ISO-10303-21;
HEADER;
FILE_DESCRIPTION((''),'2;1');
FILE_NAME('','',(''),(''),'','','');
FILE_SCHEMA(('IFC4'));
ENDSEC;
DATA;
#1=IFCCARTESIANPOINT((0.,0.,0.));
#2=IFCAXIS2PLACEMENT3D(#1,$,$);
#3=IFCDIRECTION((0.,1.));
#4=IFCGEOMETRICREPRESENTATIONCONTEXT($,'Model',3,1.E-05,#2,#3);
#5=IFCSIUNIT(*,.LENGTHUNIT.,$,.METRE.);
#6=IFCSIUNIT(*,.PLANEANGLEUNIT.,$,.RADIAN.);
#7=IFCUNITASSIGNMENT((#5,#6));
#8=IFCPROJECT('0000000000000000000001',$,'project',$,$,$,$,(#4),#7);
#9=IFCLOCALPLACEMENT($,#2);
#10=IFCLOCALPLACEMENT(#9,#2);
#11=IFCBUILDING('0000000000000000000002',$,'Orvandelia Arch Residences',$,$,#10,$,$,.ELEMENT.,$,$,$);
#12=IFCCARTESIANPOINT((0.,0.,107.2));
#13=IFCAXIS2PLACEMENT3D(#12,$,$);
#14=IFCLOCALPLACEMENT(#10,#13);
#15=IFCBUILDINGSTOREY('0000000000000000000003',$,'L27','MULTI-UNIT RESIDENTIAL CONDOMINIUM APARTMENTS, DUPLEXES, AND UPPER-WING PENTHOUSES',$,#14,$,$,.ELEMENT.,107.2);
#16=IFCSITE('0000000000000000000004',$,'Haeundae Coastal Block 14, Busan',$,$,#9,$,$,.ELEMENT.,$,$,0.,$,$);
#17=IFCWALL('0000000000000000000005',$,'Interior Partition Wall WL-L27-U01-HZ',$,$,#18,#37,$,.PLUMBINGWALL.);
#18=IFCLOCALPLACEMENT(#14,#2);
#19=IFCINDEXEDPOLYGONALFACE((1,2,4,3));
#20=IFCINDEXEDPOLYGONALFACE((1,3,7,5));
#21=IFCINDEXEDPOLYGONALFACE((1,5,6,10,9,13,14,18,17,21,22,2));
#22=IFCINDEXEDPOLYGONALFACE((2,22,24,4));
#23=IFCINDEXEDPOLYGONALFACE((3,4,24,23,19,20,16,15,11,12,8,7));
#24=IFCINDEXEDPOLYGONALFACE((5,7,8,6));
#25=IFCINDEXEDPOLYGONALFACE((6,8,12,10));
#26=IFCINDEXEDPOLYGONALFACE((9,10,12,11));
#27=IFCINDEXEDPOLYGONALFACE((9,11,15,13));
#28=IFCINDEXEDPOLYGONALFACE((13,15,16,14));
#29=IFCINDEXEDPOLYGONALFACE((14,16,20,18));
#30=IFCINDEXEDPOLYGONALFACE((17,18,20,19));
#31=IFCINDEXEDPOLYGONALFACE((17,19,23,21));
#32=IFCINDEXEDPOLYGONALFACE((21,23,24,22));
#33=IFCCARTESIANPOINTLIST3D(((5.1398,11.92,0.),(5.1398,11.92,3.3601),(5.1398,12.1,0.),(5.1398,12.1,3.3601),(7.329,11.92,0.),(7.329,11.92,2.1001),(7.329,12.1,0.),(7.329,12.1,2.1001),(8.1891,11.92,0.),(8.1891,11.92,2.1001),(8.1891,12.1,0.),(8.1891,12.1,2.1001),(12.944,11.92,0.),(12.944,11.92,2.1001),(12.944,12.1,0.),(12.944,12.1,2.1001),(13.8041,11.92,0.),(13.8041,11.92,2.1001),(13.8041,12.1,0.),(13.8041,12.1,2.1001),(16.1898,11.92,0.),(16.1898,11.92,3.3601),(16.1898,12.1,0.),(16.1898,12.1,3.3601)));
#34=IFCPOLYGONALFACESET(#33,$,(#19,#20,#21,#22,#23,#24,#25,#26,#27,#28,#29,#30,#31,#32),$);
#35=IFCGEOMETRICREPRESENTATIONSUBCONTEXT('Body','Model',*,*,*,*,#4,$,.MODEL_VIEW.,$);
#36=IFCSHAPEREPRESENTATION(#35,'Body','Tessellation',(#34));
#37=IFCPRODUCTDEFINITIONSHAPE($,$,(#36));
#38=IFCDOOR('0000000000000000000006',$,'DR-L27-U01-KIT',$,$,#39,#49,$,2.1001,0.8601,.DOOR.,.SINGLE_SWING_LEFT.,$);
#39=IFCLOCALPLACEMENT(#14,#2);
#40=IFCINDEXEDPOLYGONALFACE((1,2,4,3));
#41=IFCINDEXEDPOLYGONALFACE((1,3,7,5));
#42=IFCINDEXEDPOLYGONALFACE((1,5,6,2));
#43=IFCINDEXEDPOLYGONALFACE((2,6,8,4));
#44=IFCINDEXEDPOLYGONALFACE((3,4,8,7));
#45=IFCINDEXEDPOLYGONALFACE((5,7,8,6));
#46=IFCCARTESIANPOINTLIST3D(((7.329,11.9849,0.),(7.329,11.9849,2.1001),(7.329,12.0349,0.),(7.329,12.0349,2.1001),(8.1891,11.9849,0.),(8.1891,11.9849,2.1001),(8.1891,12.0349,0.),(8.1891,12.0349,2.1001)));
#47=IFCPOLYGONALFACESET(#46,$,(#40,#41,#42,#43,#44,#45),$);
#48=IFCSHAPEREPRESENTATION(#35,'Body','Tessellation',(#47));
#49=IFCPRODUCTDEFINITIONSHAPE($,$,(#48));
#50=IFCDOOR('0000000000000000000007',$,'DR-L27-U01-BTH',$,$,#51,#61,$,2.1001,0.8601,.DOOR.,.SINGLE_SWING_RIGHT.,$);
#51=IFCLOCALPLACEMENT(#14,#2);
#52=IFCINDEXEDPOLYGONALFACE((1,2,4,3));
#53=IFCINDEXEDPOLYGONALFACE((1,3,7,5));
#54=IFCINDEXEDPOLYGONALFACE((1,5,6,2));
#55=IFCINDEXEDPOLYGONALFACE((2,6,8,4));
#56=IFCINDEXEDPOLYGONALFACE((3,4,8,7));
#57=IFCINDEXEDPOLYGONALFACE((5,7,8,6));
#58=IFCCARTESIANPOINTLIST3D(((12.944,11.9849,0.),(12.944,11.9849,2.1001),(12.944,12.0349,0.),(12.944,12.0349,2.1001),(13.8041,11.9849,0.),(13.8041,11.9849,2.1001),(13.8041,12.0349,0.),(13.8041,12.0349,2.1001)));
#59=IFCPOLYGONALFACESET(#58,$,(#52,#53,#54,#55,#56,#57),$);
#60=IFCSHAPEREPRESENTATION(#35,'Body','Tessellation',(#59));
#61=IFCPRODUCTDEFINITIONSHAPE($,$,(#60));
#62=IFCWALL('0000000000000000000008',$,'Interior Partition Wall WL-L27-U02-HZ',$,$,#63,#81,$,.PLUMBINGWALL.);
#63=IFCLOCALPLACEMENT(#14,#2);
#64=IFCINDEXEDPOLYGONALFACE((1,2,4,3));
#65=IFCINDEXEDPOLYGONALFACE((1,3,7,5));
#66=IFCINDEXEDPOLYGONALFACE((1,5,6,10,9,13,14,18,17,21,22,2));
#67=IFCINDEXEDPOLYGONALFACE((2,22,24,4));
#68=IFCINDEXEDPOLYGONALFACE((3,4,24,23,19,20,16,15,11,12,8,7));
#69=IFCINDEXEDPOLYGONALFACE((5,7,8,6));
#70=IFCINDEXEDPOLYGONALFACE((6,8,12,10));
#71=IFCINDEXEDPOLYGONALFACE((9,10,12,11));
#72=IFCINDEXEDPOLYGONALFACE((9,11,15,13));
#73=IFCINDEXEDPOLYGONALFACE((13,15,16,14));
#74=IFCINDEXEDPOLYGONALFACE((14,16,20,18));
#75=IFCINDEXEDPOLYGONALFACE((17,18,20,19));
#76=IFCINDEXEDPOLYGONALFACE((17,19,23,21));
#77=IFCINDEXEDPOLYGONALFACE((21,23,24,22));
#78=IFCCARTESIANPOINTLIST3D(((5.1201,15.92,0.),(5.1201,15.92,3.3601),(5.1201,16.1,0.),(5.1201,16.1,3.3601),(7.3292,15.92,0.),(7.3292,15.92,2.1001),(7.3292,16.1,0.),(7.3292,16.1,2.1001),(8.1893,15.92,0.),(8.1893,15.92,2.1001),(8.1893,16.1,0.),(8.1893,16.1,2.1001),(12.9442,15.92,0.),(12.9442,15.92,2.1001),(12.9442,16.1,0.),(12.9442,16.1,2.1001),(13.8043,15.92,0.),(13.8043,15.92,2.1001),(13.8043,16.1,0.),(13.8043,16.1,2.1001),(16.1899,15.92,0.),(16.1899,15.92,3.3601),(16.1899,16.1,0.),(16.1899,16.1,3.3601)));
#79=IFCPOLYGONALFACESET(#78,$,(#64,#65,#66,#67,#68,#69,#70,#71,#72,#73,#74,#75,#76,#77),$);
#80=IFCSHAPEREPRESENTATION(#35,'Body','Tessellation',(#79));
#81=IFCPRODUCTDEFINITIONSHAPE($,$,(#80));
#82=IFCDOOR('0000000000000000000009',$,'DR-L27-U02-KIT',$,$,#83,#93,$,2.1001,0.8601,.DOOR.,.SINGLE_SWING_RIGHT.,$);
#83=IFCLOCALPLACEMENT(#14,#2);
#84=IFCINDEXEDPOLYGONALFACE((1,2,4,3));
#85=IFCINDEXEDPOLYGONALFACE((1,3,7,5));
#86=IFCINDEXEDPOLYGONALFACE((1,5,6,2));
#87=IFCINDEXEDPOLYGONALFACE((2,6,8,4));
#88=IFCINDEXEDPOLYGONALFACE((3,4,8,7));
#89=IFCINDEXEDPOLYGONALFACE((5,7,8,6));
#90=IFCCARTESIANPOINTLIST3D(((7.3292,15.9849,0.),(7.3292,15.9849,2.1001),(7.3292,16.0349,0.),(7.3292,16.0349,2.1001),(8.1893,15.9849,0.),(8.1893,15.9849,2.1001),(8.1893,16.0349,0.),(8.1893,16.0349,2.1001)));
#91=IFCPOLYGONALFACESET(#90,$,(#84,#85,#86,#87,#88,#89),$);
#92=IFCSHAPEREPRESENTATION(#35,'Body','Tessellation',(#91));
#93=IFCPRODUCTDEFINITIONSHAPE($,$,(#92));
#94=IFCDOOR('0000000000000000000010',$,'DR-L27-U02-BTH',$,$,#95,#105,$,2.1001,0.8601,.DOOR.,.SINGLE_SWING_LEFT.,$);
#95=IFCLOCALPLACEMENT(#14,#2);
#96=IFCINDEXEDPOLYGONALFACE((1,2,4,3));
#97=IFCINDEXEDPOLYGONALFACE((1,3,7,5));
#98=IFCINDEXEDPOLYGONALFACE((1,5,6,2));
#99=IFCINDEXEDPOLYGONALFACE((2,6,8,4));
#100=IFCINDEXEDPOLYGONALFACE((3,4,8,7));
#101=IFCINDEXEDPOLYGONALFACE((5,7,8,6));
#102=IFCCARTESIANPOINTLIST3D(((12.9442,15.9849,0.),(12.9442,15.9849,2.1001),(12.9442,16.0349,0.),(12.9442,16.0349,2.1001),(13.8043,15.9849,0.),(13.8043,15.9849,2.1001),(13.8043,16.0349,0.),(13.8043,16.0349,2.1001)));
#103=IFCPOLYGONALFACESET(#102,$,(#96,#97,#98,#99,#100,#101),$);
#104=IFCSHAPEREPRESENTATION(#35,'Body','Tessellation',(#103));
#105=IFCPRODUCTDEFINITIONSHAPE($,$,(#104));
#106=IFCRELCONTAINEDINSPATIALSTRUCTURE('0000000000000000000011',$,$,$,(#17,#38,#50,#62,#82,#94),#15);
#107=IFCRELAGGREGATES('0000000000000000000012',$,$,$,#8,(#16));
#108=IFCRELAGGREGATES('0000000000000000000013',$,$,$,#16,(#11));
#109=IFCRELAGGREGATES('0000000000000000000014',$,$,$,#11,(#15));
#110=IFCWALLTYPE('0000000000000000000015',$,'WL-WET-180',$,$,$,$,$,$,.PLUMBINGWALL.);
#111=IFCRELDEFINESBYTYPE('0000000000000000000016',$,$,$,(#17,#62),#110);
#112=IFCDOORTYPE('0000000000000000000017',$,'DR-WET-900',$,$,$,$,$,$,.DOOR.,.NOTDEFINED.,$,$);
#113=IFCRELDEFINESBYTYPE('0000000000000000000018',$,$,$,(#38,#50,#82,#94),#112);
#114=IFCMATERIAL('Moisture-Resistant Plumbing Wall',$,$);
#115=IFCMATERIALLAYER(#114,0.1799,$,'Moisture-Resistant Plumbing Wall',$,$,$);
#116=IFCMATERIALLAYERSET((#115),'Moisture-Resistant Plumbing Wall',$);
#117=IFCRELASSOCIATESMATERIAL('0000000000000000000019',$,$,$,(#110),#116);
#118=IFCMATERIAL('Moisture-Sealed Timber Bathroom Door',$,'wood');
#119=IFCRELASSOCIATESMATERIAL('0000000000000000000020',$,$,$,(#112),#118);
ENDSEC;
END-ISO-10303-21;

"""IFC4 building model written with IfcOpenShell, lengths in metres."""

from ifc_helpers import new_model, si_unit, direction, frame, frame_2d, origin, place, context, subcontext, project, spatial, rectangle, extrude, material, layer, layer_set, type_object, element, fill, save


model = new_model("IFC4")

# Units and contexts
model_context = context("Model", 3, precision=1e-05, world=origin(), true_north=direction((0.0, 1.0)))
body_context = subcontext(model_context, "Body", "Model", "MODEL_VIEW")
ifc_project = project(units=[si_unit("LENGTHUNIT", "METRE"), si_unit("PLANEANGLEUNIT", "RADIAN")], contexts=[model_context])

# Site, building, storey
site_placement = place(None, origin())
site = spatial("IfcSite", under=ifc_project, at=site_placement, Name="Haeundae Coastal Block 14, Busan", CompositionType="ELEMENT", RefElevation=0.0)
building_placement = place(site_placement, origin())
building = spatial("IfcBuilding", under=site, at=building_placement, Name="Orvandelia Arch Residences", CompositionType="ELEMENT")
storey_placement = place(building_placement, frame((0.0, 0.0, 107.2)))
storey = spatial("IfcBuildingStorey", under=building, at=storey_placement, Name="L27", Description="MULTI-UNIT RESIDENTIAL CONDOMINIUM APARTMENTS, DUPLEXES, AND UPPER-WING PENTHOUSES", CompositionType="ELEMENT", Elevation=107.2)

# Walls, openings, doors
ifc_material_1 = material(Name="Moisture-Resistant Plumbing Wall")
ifc_layer_1 = layer(ifc_material_1, 0.1799, Name="Moisture-Resistant Plumbing Wall")
ifc_layer_set_1 = layer_set([ifc_layer_1], Name="Moisture-Resistant Plumbing Wall")
wall_type_1 = type_object("IfcWallType", Name="WL-WET-180", PredefinedType="PLUMBINGWALL", material=ifc_layer_set_1)
wall_1_placement = place(storey_placement, frame((5.1399, 12.01, 0.0), z_axis=(0.0, 0.0, 1.0), x_axis=(1.0, 0.0, 0.0)))
wall_1 = element("IfcWall", 1, at=wall_1_placement, inside=storey, type_object=wall_type_1, Name="Interior Partition Wall WL-L27-U01-HZ", PredefinedType="PLUMBINGWALL", context=body_context, shape_type="SweptSolid", body=[
    extrude(rectangle(XDim=11.05, YDim=0.1799, at=frame_2d((5.5249, 0.0))), origin(), (0.0, 0.0, 1.0), 3.3601),
])
opening_1_placement = place(wall_1_placement, frame((2.189, 0.0, 0.0)))
opening_1 = element("IfcOpeningElement", 2, at=opening_1_placement, cuts=wall_1, PredefinedType="OPENING", context=body_context, shape_type="SweptSolid", body=[
    extrude(rectangle(XDim=0.8601, YDim=2.1001, at=frame_2d((0.4302, 1.05))), frame((0.0, 0.1001, 0.0), z_axis=(0.0, -1.0, 0.0), x_axis=(1.0, 0.0, 0.0)), (0.0, 0.0, 1.0), 0.2),
])
opening_2_placement = place(wall_1_placement, frame((7.804, 0.0, 0.0)))
opening_2 = element("IfcOpeningElement", 3, at=opening_2_placement, cuts=wall_1, PredefinedType="OPENING", context=body_context, shape_type="SweptSolid", body=[
    extrude(rectangle(XDim=0.8601, YDim=2.1001, at=frame_2d((0.4302, 1.05))), frame((0.0, 0.1001, 0.0), z_axis=(0.0, -1.0, 0.0), x_axis=(1.0, 0.0, 0.0)), (0.0, 0.0, 1.0), 0.2),
])
ifc_material_2 = material(Name="Moisture-Sealed Timber Bathroom Door", Category="wood")
door_type = type_object("IfcDoorType", Name="DR-WET-900", OperationType="NOTDEFINED", PredefinedType="DOOR", material=ifc_material_2)
door_1_placement = place(opening_1_placement, origin())
door_1 = element("IfcDoor", 4, at=door_1_placement, inside=storey, type_object=door_type, Name="DR-L27-U01-KIT", OperationType="SINGLE_SWING_LEFT", OverallHeight=2.1001, OverallWidth=0.8601, PredefinedType="DOOR", context=body_context, shape_type="SweptSolid", body=[
    extrude(rectangle(XDim=0.8601, YDim=2.1001, at=frame_2d((0.4302, 1.05))), frame((0.0, 0.0249, 0.0), z_axis=(0.0, -1.0, 0.0), x_axis=(1.0, 0.0, 0.0)), (0.0, 0.0, 1.0), 0.05),
])
fill(opening_1, door_1)
door_2_placement = place(opening_2_placement, origin())
door_2 = element("IfcDoor", 5, at=door_2_placement, inside=storey, type_object=door_type, Name="DR-L27-U01-BTH", OperationType="SINGLE_SWING_RIGHT", OverallHeight=2.1001, OverallWidth=0.8601, PredefinedType="DOOR", context=body_context, shape_type="SweptSolid", body=[
    extrude(rectangle(XDim=0.8601, YDim=2.1001, at=frame_2d((0.4302, 1.05))), frame((0.0, 0.0249, 0.0), z_axis=(0.0, -1.0, 0.0), x_axis=(1.0, 0.0, 0.0)), (0.0, 0.0, 1.0), 0.05),
])
fill(opening_2, door_2)
wall_2_placement = place(storey_placement, frame((5.1201, 16.01, 0.0), z_axis=(0.0, 0.0, 1.0), x_axis=(1.0, 0.0, 0.0)))
wall_2 = element("IfcWall", 6, at=wall_2_placement, inside=storey, type_object=wall_type_1, Name="Interior Partition Wall WL-L27-U02-HZ", PredefinedType="PLUMBINGWALL", context=body_context, shape_type="SweptSolid", body=[
    extrude(rectangle(XDim=11.0698, YDim=0.1799, at=frame_2d((5.5349, 0.0))), origin(), (0.0, 0.0, 1.0), 3.3601),
])
opening_3_placement = place(wall_2_placement, frame((2.209, 0.0, 0.0)))
opening_3 = element("IfcOpeningElement", 7, at=opening_3_placement, cuts=wall_2, PredefinedType="OPENING", context=body_context, shape_type="SweptSolid", body=[
    extrude(rectangle(XDim=0.8601, YDim=2.1001, at=frame_2d((0.4302, 1.05))), frame((0.0, 0.1001, 0.0), z_axis=(0.0, -1.0, 0.0), x_axis=(1.0, 0.0, 0.0)), (0.0, 0.0, 1.0), 0.2),
])
opening_4_placement = place(wall_2_placement, frame((7.824, 0.0, 0.0)))
opening_4 = element("IfcOpeningElement", 8, at=opening_4_placement, cuts=wall_2, PredefinedType="OPENING", context=body_context, shape_type="SweptSolid", body=[
    extrude(rectangle(XDim=0.8601, YDim=2.1001, at=frame_2d((0.4302, 1.05))), frame((0.0, 0.1001, 0.0), z_axis=(0.0, -1.0, 0.0), x_axis=(1.0, 0.0, 0.0)), (0.0, 0.0, 1.0), 0.2),
])
door_3_placement = place(opening_3_placement, origin())
door_3 = element("IfcDoor", 9, at=door_3_placement, inside=storey, type_object=door_type, Name="DR-L27-U02-KIT", OperationType="SINGLE_SWING_RIGHT", OverallHeight=2.1001, OverallWidth=0.8601, PredefinedType="DOOR", context=body_context, shape_type="SweptSolid", body=[
    extrude(rectangle(XDim=0.8601, YDim=2.1001, at=frame_2d((0.4302, 1.05))), frame((0.0, 0.0249, 0.0), z_axis=(0.0, -1.0, 0.0), x_axis=(1.0, 0.0, 0.0)), (0.0, 0.0, 1.0), 0.05),
])
fill(opening_3, door_3)
door_4_placement = place(opening_4_placement, origin())
door_4 = element("IfcDoor", 10, at=door_4_placement, inside=storey, type_object=door_type, Name="DR-L27-U02-BTH", OperationType="SINGLE_SWING_LEFT", OverallHeight=2.1001, OverallWidth=0.8601, PredefinedType="DOOR", context=body_context, shape_type="SweptSolid", body=[
    extrude(rectangle(XDim=0.8601, YDim=2.1001, at=frame_2d((0.4302, 1.05))), frame((0.0, 0.0249, 0.0), z_axis=(0.0, -1.0, 0.0), x_axis=(1.0, 0.0, 0.0)), (0.0, 0.0, 1.0), 0.05),
])
fill(opening_4, door_4)

save(model, "model.ifc")
